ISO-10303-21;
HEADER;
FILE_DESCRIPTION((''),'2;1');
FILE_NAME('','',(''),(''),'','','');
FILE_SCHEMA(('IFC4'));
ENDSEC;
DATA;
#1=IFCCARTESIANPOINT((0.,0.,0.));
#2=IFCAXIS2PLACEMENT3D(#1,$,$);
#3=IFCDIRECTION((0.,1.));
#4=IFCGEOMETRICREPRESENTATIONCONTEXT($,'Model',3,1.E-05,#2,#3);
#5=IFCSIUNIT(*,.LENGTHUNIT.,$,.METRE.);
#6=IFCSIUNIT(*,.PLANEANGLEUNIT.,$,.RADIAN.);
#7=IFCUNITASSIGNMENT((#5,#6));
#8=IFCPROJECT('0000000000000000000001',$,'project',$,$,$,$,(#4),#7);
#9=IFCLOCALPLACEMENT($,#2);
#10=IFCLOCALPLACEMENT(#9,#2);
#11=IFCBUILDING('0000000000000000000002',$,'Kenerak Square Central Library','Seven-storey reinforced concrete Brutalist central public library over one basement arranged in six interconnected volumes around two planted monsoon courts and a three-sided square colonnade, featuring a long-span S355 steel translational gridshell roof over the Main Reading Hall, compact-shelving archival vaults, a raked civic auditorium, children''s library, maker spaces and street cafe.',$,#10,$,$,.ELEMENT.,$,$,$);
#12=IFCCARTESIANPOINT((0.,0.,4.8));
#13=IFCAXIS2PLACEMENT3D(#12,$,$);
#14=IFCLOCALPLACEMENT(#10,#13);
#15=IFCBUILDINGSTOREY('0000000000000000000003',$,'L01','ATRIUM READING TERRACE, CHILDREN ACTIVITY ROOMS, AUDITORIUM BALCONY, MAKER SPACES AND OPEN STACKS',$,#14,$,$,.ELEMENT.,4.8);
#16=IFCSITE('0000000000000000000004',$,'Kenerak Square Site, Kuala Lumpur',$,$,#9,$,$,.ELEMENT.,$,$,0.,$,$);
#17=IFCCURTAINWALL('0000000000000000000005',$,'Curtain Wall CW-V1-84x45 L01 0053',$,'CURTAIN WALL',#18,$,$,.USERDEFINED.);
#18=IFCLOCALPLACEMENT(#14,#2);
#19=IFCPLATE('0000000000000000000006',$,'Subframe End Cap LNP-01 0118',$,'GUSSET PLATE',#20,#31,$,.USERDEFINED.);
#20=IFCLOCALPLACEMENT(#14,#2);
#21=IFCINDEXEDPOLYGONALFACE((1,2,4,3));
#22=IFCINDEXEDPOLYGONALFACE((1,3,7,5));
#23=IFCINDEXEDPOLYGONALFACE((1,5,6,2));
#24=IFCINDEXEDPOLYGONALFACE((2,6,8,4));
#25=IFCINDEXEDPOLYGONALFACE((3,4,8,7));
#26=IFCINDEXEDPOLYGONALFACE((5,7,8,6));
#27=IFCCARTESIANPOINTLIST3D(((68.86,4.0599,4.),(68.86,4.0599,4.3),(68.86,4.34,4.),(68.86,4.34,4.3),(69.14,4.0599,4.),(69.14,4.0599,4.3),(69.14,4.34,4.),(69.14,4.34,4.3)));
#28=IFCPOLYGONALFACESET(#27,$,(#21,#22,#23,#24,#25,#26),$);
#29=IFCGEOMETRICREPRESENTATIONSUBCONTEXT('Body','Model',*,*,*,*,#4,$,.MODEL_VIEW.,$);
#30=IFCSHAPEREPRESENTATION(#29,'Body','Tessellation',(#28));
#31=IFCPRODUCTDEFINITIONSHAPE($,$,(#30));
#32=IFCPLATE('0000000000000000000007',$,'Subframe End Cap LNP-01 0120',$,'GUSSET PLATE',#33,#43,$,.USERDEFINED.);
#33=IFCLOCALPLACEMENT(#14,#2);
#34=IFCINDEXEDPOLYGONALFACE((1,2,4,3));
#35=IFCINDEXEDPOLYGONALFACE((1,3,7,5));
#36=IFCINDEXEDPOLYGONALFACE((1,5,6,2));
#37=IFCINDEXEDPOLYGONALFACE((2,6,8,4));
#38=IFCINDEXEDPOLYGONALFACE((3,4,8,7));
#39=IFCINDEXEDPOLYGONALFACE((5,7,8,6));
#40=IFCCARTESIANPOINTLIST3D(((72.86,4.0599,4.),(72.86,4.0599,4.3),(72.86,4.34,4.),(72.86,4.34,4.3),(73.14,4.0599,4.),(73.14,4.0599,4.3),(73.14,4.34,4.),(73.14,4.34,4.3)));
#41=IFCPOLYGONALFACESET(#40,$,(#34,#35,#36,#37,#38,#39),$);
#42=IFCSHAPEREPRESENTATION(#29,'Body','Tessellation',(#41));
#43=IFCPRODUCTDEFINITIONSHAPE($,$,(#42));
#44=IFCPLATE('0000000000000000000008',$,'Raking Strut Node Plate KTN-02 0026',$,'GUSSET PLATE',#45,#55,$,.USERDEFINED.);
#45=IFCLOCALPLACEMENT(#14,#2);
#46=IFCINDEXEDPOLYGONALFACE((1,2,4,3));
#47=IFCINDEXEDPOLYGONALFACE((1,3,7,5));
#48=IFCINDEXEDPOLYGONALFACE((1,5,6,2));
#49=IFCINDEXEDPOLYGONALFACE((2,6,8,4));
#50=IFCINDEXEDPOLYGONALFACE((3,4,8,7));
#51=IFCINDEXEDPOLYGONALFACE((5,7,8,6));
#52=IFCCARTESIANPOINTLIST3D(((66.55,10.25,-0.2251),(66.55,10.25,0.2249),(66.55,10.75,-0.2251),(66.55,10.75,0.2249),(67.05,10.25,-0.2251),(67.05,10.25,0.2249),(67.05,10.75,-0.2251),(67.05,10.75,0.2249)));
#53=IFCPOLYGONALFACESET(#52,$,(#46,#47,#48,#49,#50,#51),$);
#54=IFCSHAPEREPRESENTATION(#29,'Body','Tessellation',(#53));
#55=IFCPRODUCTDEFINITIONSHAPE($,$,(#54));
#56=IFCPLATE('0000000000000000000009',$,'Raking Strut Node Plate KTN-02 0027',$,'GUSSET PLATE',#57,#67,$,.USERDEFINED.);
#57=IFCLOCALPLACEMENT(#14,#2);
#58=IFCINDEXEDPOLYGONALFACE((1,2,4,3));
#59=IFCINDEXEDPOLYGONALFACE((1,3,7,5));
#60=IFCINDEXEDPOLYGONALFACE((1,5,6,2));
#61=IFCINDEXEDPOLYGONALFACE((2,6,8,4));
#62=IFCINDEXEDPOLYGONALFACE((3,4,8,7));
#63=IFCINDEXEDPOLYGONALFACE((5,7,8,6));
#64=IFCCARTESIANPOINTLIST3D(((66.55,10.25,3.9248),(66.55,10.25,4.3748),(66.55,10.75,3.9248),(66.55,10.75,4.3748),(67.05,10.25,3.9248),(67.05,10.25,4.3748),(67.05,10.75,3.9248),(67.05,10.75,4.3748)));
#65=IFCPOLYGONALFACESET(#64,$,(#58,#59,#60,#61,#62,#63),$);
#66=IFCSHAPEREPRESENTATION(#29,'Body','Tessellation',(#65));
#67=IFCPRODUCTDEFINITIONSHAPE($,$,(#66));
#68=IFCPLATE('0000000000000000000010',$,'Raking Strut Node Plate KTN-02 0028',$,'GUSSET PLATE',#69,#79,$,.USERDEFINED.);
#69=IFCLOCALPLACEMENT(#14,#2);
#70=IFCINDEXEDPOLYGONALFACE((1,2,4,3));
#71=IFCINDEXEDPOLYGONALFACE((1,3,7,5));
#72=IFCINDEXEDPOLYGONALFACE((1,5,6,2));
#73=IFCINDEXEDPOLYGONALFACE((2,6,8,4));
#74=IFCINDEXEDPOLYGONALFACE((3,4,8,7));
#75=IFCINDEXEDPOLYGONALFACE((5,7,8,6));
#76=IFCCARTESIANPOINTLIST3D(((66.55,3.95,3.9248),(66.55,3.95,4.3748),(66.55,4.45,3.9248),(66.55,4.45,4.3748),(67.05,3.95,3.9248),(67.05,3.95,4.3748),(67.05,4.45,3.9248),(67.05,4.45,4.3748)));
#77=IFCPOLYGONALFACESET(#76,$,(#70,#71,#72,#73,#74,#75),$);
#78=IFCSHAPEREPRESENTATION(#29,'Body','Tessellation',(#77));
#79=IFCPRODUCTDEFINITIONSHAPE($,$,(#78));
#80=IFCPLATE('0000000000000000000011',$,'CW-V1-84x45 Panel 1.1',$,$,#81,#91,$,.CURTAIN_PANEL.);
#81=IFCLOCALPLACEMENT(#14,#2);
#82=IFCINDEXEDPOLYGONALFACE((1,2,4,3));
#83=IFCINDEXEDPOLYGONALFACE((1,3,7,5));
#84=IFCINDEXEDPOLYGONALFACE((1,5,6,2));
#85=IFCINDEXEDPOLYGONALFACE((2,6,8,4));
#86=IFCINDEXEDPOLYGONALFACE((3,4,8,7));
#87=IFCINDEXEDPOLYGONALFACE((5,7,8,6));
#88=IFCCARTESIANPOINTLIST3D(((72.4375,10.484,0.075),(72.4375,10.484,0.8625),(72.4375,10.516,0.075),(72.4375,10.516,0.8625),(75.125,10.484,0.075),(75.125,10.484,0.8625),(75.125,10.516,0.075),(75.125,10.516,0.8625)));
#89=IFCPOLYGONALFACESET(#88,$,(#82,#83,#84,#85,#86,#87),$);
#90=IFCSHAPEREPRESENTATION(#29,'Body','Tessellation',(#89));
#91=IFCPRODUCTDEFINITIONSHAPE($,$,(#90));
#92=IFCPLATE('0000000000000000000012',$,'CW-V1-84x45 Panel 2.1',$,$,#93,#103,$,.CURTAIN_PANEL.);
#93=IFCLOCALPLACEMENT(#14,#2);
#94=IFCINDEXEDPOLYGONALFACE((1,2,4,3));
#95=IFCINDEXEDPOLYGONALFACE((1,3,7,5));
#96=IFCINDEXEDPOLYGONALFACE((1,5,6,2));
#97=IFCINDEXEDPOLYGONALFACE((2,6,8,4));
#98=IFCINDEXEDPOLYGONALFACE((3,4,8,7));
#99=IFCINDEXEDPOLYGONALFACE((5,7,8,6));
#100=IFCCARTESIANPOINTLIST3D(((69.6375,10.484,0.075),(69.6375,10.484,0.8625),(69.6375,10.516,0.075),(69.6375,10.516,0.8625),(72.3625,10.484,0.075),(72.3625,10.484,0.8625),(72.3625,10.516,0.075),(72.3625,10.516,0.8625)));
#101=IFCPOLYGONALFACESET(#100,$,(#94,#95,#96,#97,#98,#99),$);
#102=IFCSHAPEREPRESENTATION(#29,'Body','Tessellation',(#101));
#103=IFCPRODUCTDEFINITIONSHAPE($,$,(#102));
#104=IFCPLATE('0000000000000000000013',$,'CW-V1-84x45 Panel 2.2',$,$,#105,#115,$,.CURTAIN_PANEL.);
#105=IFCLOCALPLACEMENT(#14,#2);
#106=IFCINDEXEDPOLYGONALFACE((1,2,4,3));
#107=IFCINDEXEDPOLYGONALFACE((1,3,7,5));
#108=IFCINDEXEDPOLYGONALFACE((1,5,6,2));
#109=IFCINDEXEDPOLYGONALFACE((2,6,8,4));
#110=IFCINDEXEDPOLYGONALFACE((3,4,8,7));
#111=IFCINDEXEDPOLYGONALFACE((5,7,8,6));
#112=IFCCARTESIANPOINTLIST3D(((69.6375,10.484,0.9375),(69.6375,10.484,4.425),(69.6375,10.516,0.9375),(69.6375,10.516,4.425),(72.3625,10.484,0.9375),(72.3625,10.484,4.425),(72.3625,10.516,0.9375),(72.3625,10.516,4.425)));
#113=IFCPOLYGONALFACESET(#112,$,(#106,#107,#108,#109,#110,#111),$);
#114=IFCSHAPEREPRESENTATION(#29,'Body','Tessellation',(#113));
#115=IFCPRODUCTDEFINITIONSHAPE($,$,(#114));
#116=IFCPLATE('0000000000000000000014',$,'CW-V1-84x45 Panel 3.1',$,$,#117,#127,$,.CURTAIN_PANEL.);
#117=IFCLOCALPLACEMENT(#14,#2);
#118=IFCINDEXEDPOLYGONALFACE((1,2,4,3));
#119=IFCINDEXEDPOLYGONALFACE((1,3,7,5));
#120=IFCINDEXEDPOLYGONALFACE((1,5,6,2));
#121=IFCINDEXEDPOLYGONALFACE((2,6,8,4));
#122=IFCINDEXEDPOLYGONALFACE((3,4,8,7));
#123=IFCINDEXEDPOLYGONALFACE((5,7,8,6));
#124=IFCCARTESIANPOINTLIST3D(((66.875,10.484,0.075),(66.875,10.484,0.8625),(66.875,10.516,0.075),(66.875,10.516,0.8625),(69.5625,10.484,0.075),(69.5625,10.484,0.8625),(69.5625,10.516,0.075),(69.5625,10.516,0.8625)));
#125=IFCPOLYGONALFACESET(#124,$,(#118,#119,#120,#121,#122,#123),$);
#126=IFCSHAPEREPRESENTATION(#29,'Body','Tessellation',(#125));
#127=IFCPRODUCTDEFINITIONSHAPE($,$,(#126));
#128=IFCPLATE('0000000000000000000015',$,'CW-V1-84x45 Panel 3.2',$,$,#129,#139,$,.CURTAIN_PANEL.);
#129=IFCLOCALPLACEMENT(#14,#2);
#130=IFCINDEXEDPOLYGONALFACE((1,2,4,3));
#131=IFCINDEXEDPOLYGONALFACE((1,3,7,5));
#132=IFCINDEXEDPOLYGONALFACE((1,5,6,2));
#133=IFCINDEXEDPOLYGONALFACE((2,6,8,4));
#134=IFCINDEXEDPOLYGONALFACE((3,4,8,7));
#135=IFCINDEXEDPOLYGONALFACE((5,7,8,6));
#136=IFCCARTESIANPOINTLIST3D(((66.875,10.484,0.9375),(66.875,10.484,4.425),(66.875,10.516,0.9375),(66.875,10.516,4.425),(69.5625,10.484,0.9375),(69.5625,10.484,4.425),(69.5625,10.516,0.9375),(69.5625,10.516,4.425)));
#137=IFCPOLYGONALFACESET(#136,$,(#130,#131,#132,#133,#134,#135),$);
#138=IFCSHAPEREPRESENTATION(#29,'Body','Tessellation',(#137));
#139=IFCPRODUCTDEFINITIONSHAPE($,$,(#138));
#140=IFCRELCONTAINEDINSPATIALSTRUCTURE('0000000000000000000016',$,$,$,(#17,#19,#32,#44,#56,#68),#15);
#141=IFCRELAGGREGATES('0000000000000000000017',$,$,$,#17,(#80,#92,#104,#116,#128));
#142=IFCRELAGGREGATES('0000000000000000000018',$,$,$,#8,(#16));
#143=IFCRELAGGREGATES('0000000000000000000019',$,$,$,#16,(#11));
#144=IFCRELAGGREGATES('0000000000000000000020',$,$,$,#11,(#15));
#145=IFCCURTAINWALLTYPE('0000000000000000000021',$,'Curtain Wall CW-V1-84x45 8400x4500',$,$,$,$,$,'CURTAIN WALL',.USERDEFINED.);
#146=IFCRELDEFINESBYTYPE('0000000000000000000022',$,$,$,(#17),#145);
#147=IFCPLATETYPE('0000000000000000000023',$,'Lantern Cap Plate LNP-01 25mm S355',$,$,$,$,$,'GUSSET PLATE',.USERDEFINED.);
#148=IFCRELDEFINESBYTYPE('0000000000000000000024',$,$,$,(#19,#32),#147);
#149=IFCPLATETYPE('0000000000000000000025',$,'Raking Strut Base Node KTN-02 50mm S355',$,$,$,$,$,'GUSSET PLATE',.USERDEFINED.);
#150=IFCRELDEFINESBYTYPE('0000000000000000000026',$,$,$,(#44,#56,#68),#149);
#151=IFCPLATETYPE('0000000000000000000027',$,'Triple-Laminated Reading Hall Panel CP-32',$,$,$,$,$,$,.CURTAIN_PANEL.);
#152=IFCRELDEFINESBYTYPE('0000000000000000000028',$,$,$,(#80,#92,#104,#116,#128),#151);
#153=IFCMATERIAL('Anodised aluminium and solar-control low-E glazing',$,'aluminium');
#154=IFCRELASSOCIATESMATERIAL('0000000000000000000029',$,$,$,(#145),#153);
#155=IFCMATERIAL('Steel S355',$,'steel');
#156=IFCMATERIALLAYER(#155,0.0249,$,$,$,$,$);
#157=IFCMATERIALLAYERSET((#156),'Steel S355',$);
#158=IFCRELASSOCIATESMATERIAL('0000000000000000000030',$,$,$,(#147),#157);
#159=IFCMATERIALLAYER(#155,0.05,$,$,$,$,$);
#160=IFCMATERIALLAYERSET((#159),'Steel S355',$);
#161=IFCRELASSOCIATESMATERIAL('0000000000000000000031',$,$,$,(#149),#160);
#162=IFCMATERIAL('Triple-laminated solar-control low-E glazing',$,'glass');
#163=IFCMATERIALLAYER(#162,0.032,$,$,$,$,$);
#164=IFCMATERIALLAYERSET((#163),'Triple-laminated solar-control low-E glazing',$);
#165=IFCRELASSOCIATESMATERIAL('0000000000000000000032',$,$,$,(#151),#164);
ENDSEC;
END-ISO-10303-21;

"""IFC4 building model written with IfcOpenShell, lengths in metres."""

from ifc_helpers import new_model, si_unit, direction, frame, origin, origin_2d, place, context, subcontext, project, spatial, rectangle, extrude, material, layer, layer_set, type_object, element, aggregate, save


model = new_model("IFC4")

# Units and contexts
model_context = context("Model", 3, precision=1e-05, world=origin(), true_north=direction((0.0, 1.0)))
body_context = subcontext(model_context, "Body", "Model", "MODEL_VIEW")
ifc_project = project(units=[si_unit("LENGTHUNIT", "METRE"), si_unit("PLANEANGLEUNIT", "RADIAN")], contexts=[model_context])

# Site, building, storey
site_placement = place(None, origin())
site = spatial("IfcSite", under=ifc_project, at=site_placement, Name="Kenerak Square Site, Kuala Lumpur", CompositionType="ELEMENT", RefElevation=0.0)
building_placement = place(site_placement, origin())
building = spatial("IfcBuilding", under=site, at=building_placement, Name="Kenerak Square Central Library", Description="Seven-storey reinforced concrete Brutalist central public library over one basement arranged in six interconnected volumes around two planted monsoon courts and a three-sided square colonnade, featuring a long-span S355 steel translational gridshell roof over the Main Reading Hall, compact-shelving archival vaults, a raked civic auditorium, children's library, maker spaces and street cafe.", CompositionType="ELEMENT")
storey_placement = place(building_placement, frame((0.0, 0.0, 4.8)))
storey = spatial("IfcBuildingStorey", under=building, at=storey_placement, Name="L01", Description="ATRIUM READING TERRACE, CHILDREN ACTIVITY ROOMS, AUDITORIUM BALCONY, MAKER SPACES AND OPEN STACKS", CompositionType="ELEMENT", Elevation=4.8)

# Curtain wall
ifc_material_1 = material(Name="Anodised aluminium and solar-control low-E glazing", Category="aluminium")
curtain_wall_type = type_object("IfcCurtainWallType", Name="Curtain Wall CW-V1-84x45 8400x4500", ElementType="CURTAIN WALL", PredefinedType="USERDEFINED", material=ifc_material_1)
curtain_wall_1_placement = place(storey_placement, origin())
curtain_wall_1 = element("IfcCurtainWall", 1, at=curtain_wall_1_placement, inside=storey, type_object=curtain_wall_type, Name="Curtain Wall CW-V1-84x45 L01 0053", ObjectType="CURTAIN WALL", PredefinedType="USERDEFINED")

# Shared definitions
ifc_material_2 = material(Name="Steel S355", Category="steel")

# Plates
ifc_layer_1 = layer(ifc_material_2, 0.0249)
ifc_layer_set_1 = layer_set([ifc_layer_1], Name="Steel S355")
plate_type_1 = type_object("IfcPlateType", Name="Lantern Cap Plate LNP-01 25mm S355", ElementType="GUSSET PLATE", PredefinedType="USERDEFINED", material=ifc_layer_set_1)
for number, where, z_axis, x_axis, name in (
    (2, (69.0, 4.2, 4.0), (0.0, 0.0, 1.0), (1.0, 0.0, 0.0), "Subframe End Cap LNP-01 0118"),
    (3, (73.0, 4.2, 4.0), (0.0, 0.0, 1.0), (1.0, 0.0, 0.0), "Subframe End Cap LNP-01 0120"),
):
    element("IfcPlate", number, at=place(storey_placement, frame(where, z_axis=z_axis, x_axis=x_axis)), inside=storey, type_object=plate_type_1, Name=name, ObjectType="GUSSET PLATE", PredefinedType="USERDEFINED", context=body_context, shape_type="SweptSolid", body=[
        extrude(rectangle(XDim=0.28, YDim=0.28, at=origin_2d()), origin(), (0.0, 0.0, 1.0), 0.3),
    ])
ifc_layer_2 = layer(ifc_material_2, 0.05)
ifc_layer_set_2 = layer_set([ifc_layer_2], Name="Steel S355")
plate_type_2 = type_object("IfcPlateType", Name="Raking Strut Base Node KTN-02 50mm S355", ElementType="GUSSET PLATE", PredefinedType="USERDEFINED", material=ifc_layer_set_2)
for number, where, z_axis, x_axis, name in (
    (4, (66.8, 10.5, -0.2251), (0.0, 0.0, 1.0), (1.0, 0.0, 0.0), "Raking Strut Node Plate KTN-02 0026"),
    (5, (66.8, 10.5, 3.9248), (0.0, 0.0, 1.0), (1.0, 0.0, 0.0), "Raking Strut Node Plate KTN-02 0027"),
    (6, (66.8, 4.2, 3.9248), (0.0, 0.0, 1.0), (1.0, 0.0, 0.0), "Raking Strut Node Plate KTN-02 0028"),
):
    element("IfcPlate", number, at=place(storey_placement, frame(where, z_axis=z_axis, x_axis=x_axis)), inside=storey, type_object=plate_type_2, Name=name, ObjectType="GUSSET PLATE", PredefinedType="USERDEFINED", context=body_context, shape_type="SweptSolid", body=[
        extrude(rectangle(XDim=0.5, YDim=0.5, at=origin_2d()), origin(), (0.0, 0.0, 1.0), 0.45),
    ])

# Plates
ifc_material_3 = material(Name="Triple-laminated solar-control low-E glazing", Category="glass")
ifc_layer_3 = layer(ifc_material_3, 0.032)
ifc_layer_set_3 = layer_set([ifc_layer_3], Name="Triple-laminated solar-control low-E glazing")
plate_type_3 = type_object("IfcPlateType", Name="Triple-Laminated Reading Hall Panel CP-32", PredefinedType="CURTAIN_PANEL", material=ifc_layer_set_3)
plate_1_placement = place(storey_placement, frame((73.7812, 10.5, 0.075), z_axis=(0.0, 0.0, 1.0), x_axis=(-1.0, 0.0, 0.0)))
plate_1 = element("IfcPlate", 7, at=plate_1_placement, type_object=plate_type_3, Name="CW-V1-84x45 Panel 1.1", PredefinedType="CURTAIN_PANEL", context=body_context, shape_type="SweptSolid", body=[
    extrude(rectangle(XDim=2.6875, YDim=0.032, at=origin_2d()), origin(), (0.0, 0.0, 1.0), 0.7876),
])
plate_2_placement = place(storey_placement, frame((71.0, 10.5, 0.075), z_axis=(0.0, 0.0, 1.0), x_axis=(-1.0, 0.0, 0.0)))
plate_2 = element("IfcPlate", 8, at=plate_2_placement, type_object=plate_type_3, Name="CW-V1-84x45 Panel 2.1", PredefinedType="CURTAIN_PANEL", context=body_context, shape_type="SweptSolid", body=[
    extrude(rectangle(XDim=2.7251, YDim=0.032, at=origin_2d()), origin(), (0.0, 0.0, 1.0), 0.7876),
])
plate_3_placement = place(storey_placement, frame((71.0, 10.5, 0.9375), z_axis=(0.0, 0.0, 1.0), x_axis=(-1.0, 0.0, 0.0)))
plate_3 = element("IfcPlate", 9, at=plate_3_placement, type_object=plate_type_3, Name="CW-V1-84x45 Panel 2.2", PredefinedType="CURTAIN_PANEL", context=body_context, shape_type="SweptSolid", body=[
    extrude(rectangle(XDim=2.7251, YDim=0.032, at=origin_2d()), origin(), (0.0, 0.0, 1.0), 3.4875),
])
plate_4_placement = place(storey_placement, frame((68.2188, 10.5, 0.075), z_axis=(0.0, 0.0, 1.0), x_axis=(-1.0, 0.0, 0.0)))
plate_4 = element("IfcPlate", 10, at=plate_4_placement, type_object=plate_type_3, Name="CW-V1-84x45 Panel 3.1", PredefinedType="CURTAIN_PANEL", context=body_context, shape_type="SweptSolid", body=[
    extrude(rectangle(XDim=2.6875, YDim=0.032, at=origin_2d()), origin(), (0.0, 0.0, 1.0), 0.7876),
])
plate_5_placement = place(storey_placement, frame((68.2188, 10.5, 0.9375), z_axis=(0.0, 0.0, 1.0), x_axis=(-1.0, 0.0, 0.0)))
plate_5 = element("IfcPlate", 11, at=plate_5_placement, type_object=plate_type_3, Name="CW-V1-84x45 Panel 3.2", PredefinedType="CURTAIN_PANEL", context=body_context, shape_type="SweptSolid", body=[
    extrude(rectangle(XDim=2.6875, YDim=0.032, at=origin_2d()), origin(), (0.0, 0.0, 1.0), 3.4875),
])
aggregate(curtain_wall_1, [plate_1, plate_2, plate_3, plate_4, plate_5])

save(model, "model.ifc")
